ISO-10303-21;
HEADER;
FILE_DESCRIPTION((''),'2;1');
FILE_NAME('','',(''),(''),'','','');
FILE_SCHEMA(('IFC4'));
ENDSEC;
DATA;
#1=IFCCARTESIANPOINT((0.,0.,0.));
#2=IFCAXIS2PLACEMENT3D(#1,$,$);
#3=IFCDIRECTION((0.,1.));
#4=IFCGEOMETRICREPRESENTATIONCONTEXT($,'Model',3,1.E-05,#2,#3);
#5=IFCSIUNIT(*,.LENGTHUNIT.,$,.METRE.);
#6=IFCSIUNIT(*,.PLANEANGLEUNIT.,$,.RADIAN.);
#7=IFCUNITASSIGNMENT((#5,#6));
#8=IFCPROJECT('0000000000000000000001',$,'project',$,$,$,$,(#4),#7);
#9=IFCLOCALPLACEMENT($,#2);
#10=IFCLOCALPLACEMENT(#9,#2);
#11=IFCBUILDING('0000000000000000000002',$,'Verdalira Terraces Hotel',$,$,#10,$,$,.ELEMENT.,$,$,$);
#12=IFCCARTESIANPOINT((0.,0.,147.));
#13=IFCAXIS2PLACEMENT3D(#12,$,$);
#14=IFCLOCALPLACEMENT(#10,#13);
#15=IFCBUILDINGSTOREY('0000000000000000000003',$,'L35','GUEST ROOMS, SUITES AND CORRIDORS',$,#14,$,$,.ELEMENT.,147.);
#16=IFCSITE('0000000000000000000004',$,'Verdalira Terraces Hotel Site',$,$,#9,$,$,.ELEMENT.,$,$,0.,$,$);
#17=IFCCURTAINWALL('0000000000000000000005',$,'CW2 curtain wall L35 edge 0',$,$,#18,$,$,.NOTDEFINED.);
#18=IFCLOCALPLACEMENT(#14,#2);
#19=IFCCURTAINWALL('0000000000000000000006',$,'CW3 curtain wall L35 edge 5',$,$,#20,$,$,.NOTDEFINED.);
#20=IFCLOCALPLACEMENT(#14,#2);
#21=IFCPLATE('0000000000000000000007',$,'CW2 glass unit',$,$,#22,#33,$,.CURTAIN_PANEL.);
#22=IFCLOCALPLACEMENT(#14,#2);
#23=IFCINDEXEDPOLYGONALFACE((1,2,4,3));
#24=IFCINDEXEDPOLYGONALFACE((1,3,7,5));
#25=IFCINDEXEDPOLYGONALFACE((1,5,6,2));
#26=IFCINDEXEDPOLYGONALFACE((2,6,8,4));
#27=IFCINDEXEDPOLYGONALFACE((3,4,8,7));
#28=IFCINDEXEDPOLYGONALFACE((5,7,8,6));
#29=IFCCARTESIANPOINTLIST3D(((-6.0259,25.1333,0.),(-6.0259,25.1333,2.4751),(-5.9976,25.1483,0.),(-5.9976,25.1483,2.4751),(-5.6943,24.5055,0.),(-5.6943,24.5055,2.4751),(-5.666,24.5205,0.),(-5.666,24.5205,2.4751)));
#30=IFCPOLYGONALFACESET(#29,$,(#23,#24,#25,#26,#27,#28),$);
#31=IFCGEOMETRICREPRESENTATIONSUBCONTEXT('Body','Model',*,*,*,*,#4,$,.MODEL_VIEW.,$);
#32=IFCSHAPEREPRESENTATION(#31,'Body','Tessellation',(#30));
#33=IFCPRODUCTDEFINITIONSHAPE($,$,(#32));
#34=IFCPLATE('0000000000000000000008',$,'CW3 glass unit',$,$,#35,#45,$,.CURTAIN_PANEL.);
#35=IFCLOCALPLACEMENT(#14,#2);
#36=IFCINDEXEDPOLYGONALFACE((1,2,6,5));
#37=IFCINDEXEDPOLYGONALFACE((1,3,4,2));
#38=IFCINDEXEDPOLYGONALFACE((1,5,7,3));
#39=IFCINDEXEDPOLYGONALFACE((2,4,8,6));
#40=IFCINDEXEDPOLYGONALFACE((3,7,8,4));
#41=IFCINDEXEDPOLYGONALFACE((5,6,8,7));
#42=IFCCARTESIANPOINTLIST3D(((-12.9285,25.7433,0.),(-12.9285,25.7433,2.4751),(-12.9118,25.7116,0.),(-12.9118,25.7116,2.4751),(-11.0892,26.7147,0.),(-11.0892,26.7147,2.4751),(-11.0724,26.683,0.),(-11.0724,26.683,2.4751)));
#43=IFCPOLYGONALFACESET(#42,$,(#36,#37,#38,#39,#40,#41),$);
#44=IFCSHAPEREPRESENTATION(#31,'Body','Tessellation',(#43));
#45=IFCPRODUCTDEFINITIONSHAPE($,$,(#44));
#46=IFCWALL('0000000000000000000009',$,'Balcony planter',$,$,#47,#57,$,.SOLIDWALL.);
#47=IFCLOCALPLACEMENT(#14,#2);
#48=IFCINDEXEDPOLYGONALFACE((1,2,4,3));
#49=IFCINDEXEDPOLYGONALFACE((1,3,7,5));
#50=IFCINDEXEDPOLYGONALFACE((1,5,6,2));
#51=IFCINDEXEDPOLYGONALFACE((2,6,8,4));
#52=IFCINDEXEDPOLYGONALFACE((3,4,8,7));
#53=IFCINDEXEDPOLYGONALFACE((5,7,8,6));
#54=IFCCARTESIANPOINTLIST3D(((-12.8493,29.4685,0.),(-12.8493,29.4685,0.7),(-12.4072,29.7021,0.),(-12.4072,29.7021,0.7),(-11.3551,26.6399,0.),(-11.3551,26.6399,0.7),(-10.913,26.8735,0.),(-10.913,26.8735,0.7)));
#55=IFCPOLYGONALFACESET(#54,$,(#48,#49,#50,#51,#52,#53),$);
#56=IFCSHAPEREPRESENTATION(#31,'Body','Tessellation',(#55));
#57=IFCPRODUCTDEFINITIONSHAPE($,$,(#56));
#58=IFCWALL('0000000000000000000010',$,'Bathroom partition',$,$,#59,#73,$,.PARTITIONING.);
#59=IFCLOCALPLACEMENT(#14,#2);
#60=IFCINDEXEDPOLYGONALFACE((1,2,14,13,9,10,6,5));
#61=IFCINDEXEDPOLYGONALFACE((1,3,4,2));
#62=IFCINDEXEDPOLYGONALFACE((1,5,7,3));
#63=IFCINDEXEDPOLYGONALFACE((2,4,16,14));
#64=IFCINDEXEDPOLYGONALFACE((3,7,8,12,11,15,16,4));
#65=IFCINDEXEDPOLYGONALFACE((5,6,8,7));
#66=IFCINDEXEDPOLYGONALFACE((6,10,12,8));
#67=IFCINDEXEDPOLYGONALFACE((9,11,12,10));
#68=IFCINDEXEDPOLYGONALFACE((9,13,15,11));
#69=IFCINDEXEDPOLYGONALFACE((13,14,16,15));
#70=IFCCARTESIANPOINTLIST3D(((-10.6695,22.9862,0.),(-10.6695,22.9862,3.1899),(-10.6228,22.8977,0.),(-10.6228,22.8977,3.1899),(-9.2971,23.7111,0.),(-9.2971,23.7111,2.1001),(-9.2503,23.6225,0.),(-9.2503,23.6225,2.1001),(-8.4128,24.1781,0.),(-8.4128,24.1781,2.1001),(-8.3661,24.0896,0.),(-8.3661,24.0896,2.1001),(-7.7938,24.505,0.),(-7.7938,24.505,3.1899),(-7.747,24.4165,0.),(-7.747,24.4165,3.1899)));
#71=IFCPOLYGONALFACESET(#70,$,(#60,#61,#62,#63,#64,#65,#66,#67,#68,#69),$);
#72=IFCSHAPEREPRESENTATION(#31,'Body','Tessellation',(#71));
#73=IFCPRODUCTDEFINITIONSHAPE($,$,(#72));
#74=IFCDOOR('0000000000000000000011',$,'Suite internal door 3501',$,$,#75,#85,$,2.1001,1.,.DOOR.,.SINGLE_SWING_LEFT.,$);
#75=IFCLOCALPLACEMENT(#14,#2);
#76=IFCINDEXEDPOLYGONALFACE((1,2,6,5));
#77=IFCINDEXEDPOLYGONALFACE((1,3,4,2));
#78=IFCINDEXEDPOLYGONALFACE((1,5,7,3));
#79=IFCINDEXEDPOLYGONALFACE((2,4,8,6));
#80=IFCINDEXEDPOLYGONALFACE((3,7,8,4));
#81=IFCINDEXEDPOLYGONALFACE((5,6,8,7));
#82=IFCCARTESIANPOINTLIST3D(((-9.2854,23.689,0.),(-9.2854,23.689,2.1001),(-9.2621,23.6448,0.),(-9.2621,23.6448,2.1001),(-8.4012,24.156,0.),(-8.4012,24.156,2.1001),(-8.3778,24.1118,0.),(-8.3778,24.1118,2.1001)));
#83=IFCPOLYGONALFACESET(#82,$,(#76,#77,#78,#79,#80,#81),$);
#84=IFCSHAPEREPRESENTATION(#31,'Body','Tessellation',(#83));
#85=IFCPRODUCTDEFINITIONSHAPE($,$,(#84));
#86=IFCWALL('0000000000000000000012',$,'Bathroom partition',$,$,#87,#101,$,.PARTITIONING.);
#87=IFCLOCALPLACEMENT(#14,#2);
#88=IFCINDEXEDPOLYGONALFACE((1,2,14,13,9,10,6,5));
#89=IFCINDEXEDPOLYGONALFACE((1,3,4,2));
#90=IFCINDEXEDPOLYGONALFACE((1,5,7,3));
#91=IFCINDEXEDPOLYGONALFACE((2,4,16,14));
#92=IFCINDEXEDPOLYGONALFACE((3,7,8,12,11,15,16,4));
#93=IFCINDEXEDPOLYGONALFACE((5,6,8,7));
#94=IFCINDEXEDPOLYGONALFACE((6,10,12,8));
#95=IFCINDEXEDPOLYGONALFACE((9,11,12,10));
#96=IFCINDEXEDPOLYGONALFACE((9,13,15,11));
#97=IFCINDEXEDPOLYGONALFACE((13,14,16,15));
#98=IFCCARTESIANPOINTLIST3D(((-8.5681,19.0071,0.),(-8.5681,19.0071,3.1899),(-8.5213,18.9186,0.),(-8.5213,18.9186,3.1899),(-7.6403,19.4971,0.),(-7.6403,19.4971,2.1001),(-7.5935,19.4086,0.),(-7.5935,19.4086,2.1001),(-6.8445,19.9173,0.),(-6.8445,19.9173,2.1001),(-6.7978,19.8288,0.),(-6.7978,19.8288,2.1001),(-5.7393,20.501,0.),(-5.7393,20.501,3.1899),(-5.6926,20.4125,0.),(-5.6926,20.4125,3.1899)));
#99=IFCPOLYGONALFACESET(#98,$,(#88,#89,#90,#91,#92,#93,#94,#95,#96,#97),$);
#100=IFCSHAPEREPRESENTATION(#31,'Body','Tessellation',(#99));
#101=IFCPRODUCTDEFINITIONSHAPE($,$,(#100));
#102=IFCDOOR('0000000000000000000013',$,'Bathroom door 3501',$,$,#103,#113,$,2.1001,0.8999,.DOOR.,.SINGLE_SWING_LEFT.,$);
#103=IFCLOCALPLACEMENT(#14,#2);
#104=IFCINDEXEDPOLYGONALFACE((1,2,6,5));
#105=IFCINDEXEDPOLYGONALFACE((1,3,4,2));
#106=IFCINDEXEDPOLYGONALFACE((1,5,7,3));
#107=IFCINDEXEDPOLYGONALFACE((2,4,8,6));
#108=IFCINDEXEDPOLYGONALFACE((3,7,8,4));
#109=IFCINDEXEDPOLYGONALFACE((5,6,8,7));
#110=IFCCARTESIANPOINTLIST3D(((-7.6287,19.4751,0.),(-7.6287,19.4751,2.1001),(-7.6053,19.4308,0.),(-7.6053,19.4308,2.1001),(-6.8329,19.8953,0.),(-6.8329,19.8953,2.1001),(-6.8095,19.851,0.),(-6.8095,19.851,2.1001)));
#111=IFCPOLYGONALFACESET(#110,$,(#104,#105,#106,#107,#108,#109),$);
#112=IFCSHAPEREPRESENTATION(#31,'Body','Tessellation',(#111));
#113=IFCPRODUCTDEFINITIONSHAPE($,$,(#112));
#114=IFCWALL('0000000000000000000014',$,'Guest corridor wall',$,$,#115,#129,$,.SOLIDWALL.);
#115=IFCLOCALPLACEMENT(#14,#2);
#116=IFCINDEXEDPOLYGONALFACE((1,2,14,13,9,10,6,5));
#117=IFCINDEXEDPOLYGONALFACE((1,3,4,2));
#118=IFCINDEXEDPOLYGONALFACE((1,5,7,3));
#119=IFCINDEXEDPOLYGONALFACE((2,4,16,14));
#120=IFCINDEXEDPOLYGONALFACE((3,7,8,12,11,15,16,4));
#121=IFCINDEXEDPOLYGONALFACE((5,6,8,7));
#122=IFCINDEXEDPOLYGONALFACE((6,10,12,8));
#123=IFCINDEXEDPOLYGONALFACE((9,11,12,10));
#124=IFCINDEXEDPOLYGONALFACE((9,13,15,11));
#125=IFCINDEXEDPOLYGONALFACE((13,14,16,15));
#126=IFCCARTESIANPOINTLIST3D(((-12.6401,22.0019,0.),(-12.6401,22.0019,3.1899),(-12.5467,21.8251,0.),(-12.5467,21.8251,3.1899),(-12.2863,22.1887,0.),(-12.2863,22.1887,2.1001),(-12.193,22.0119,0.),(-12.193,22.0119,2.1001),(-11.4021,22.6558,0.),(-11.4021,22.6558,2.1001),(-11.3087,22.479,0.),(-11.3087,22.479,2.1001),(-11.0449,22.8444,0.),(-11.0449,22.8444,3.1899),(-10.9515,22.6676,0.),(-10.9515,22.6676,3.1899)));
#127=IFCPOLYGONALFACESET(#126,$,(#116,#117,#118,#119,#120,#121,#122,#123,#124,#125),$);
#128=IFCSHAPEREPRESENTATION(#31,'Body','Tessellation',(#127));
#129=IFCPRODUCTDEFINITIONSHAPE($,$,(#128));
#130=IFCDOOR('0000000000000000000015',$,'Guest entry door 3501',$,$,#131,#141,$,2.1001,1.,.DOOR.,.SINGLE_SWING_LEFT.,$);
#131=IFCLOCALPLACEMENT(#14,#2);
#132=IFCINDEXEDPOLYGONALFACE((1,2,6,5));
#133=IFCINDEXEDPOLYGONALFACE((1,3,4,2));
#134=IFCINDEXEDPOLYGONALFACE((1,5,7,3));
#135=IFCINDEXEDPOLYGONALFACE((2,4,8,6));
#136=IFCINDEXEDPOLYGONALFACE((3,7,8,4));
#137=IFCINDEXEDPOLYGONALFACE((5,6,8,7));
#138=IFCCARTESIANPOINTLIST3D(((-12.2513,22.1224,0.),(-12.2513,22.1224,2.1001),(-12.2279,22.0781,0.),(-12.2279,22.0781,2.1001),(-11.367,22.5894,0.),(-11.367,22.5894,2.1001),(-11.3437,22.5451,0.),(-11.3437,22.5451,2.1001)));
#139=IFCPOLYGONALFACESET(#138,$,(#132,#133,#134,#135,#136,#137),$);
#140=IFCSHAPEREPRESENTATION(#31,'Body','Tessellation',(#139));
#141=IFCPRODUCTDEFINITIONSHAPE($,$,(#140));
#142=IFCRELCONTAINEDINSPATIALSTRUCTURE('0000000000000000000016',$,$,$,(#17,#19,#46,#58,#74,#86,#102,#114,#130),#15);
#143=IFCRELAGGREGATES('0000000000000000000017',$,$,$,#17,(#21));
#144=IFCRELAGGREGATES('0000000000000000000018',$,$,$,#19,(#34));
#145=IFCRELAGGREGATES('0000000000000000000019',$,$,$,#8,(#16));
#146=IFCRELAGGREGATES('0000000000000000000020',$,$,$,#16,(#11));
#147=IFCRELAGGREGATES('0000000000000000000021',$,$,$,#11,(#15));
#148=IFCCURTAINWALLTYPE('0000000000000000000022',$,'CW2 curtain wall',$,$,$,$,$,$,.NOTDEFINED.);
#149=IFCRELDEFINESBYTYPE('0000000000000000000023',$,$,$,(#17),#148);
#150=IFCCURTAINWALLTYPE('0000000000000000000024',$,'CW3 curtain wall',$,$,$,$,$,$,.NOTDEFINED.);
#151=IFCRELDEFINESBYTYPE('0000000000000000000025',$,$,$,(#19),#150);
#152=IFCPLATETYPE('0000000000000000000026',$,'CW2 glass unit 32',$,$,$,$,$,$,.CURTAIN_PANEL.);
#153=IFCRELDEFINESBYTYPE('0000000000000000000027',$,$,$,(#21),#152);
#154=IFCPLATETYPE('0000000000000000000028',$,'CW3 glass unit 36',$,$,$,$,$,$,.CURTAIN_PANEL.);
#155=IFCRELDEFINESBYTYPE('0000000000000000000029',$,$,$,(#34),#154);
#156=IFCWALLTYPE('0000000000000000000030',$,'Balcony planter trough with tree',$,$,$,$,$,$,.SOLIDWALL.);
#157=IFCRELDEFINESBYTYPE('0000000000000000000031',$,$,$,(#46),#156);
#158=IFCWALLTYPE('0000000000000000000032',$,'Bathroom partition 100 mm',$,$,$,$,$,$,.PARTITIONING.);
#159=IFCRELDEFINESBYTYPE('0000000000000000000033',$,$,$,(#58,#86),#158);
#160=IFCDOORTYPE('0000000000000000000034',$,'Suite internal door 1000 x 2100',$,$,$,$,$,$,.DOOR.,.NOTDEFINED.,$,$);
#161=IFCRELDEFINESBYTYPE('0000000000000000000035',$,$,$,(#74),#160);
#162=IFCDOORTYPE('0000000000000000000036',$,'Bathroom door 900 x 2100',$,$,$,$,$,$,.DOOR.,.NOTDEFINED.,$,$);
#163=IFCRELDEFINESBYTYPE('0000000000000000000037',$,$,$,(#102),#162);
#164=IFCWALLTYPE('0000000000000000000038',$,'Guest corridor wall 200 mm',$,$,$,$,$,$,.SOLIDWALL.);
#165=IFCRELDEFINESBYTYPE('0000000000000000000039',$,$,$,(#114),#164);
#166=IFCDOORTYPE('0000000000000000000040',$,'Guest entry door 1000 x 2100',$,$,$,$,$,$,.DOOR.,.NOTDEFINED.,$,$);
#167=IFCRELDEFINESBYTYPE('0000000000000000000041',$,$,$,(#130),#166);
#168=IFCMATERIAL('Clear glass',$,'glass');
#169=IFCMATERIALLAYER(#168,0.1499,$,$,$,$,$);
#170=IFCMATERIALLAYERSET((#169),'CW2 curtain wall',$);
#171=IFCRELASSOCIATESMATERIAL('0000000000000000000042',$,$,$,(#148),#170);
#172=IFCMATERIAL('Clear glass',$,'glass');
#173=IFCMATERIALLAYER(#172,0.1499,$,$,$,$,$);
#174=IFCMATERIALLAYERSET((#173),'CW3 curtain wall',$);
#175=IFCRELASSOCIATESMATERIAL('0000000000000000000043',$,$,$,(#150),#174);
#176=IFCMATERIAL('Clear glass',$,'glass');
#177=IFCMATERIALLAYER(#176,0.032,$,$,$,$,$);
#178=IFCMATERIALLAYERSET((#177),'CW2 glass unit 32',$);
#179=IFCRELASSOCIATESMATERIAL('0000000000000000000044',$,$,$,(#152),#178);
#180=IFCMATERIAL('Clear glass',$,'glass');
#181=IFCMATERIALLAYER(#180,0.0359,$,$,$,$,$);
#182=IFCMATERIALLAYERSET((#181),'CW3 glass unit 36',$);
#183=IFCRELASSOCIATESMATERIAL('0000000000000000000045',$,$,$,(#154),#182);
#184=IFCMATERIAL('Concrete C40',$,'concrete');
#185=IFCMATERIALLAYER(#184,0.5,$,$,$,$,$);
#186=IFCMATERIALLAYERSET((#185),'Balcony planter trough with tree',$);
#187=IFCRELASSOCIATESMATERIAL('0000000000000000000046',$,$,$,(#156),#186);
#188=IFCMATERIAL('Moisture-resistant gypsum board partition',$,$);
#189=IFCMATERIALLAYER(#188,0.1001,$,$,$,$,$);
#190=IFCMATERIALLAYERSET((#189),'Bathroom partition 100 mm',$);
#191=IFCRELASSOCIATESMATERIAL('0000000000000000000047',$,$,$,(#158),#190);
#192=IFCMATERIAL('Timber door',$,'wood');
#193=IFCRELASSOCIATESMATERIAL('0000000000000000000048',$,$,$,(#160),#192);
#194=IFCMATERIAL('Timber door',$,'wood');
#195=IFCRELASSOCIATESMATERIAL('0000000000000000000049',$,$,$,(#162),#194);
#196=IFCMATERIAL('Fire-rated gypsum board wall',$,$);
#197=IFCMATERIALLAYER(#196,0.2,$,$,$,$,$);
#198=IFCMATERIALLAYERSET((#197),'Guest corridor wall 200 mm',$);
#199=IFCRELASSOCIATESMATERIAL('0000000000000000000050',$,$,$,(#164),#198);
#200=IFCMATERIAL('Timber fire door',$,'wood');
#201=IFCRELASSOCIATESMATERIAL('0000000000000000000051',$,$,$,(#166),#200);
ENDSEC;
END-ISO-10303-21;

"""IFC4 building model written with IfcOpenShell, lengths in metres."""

from ifc_helpers import new_model, si_unit, direction, frame, frame_2d, origin, origin_2d, place, context, subcontext, project, spatial, rectangle, extrude, material, layer, layer_set, type_object, element, fill, aggregate, save


model = new_model("IFC4")

# Units and contexts
model_context = context("Model", 3, precision=1e-05, world=origin(), true_north=direction((0.0, 1.0)))
body_context = subcontext(model_context, "Body", "Model", "MODEL_VIEW")
ifc_project = project(units=[si_unit("LENGTHUNIT", "METRE"), si_unit("PLANEANGLEUNIT", "RADIAN")], contexts=[model_context])

# Site, building, storey
site_placement = place(None, origin())
site = spatial("IfcSite", under=ifc_project, at=site_placement, Name="Verdalira Terraces Hotel Site", CompositionType="ELEMENT", RefElevation=0.0)
building_placement = place(site_placement, origin())
building = spatial("IfcBuilding", under=site, at=building_placement, Name="Verdalira Terraces Hotel", CompositionType="ELEMENT")
storey_placement = place(building_placement, frame((0.0, 0.0, 147.0)))
storey = spatial("IfcBuildingStorey", under=building, at=storey_placement, Name="L35", Description="GUEST ROOMS, SUITES AND CORRIDORS", CompositionType="ELEMENT", Elevation=147.0)

# Curtain walls
ifc_material_1 = material(Name="Clear glass", Category="glass")
ifc_layer_1 = layer(ifc_material_1, 0.1499)
ifc_layer_set_1 = layer_set([ifc_layer_1], Name="CW2 curtain wall")
curtain_wall_type_1 = type_object("IfcCurtainWallType", Name="CW2 curtain wall", PredefinedType="NOTDEFINED", material=ifc_layer_set_1)
curtain_wall_1_placement = place(storey_placement, origin())
curtain_wall_1 = element("IfcCurtainWall", 1, at=curtain_wall_1_placement, inside=storey, type_object=curtain_wall_type_1, Name="CW2 curtain wall L35 edge 0", PredefinedType="NOTDEFINED")
ifc_material_2 = material(Name="Clear glass", Category="glass")
ifc_layer_2 = layer(ifc_material_2, 0.1499)
ifc_layer_set_2 = layer_set([ifc_layer_2], Name="CW3 curtain wall")
curtain_wall_type_2 = type_object("IfcCurtainWallType", Name="CW3 curtain wall", PredefinedType="NOTDEFINED", material=ifc_layer_set_2)
curtain_wall_2_placement = place(storey_placement, origin())
curtain_wall_2 = element("IfcCurtainWall", 2, at=curtain_wall_2_placement, inside=storey, type_object=curtain_wall_type_2, Name="CW3 curtain wall L35 edge 5", PredefinedType="NOTDEFINED")

# Plates
ifc_material_3 = material(Name="Clear glass", Category="glass")
ifc_layer_3 = layer(ifc_material_3, 0.032)
ifc_layer_set_3 = layer_set([ifc_layer_3], Name="CW2 glass unit 32")
plate_type_1 = type_object("IfcPlateType", Name="CW2 glass unit 32", PredefinedType="CURTAIN_PANEL", material=ifc_layer_set_3)
plate_1_placement = place(storey_placement, frame((-5.8459, 24.8269, 0.0), z_axis=(0.0, 0.0, 1.0), x_axis=(-0.467004, 0.884255, 0.0)))
plate_1 = element("IfcPlate", 3, at=plate_1_placement, type_object=plate_type_1, Name="CW2 glass unit", PredefinedType="CURTAIN_PANEL", context=body_context, shape_type="SweptSolid", body=[
    extrude(rectangle(XDim=0.71, YDim=0.032, at=origin_2d()), origin(), (0.0, 0.0, 1.0), 2.4751),
])
aggregate(curtain_wall_1, [plate_1])
ifc_material_4 = material(Name="Clear glass", Category="glass")
ifc_layer_4 = layer(ifc_material_4, 0.0359)
ifc_layer_set_4 = layer_set([ifc_layer_4], Name="CW3 glass unit 36")
plate_type_2 = type_object("IfcPlateType", Name="CW3 glass unit 36", PredefinedType="CURTAIN_PANEL", material=ifc_layer_set_4)
plate_2_placement = place(storey_placement, frame((-12.0005, 26.2131, 0.0), z_axis=(0.0, 0.0, 1.0), x_axis=(-0.884255, -0.467004, 0.0)))
plate_2 = element("IfcPlate", 4, at=plate_2_placement, type_object=plate_type_2, Name="CW3 glass unit", PredefinedType="CURTAIN_PANEL", context=body_context, shape_type="SweptSolid", body=[
    extrude(rectangle(XDim=2.0801, YDim=0.0359, at=origin_2d()), origin(), (0.0, 0.0, 1.0), 2.4751),
])
aggregate(curtain_wall_2, [plate_2])

# Wall
ifc_material_5 = material(Name="Concrete C40", Category="concrete")
ifc_layer_5 = layer(ifc_material_5, 0.5)
ifc_layer_set_5 = layer_set([ifc_layer_5], Name="Balcony planter trough with tree")
wall_type_1 = type_object("IfcWallType", Name="Balcony planter trough with tree", PredefinedType="SOLIDWALL", material=ifc_layer_set_5)
wall_1_placement = place(storey_placement, frame((-11.134, 26.7566, 0.0), z_axis=(0.0, 0.0, 1.0), x_axis=(-0.467067, 0.884222, 0.0)))
element("IfcWall", 5, at=wall_1_placement, inside=storey, type_object=wall_type_1, Name="Balcony planter", PredefinedType="SOLIDWALL", context=body_context, shape_type="SweptSolid", body=[
    extrude(rectangle(XDim=3.199, YDim=0.5, at=frame_2d((1.5996, 0.0))), origin(), (0.0, 0.0, 1.0), 0.7),
])

# Walls, openings, doors
ifc_material_6 = material(Name="Moisture-resistant gypsum board partition")
ifc_layer_6 = layer(ifc_material_6, 0.1001)
ifc_layer_set_6 = layer_set([ifc_layer_6], Name="Bathroom partition 100 mm")
wall_type_2 = type_object("IfcWallType", Name="Bathroom partition 100 mm", PredefinedType="PARTITIONING", material=ifc_layer_set_6)
wall_2_placement = place(storey_placement, frame((-7.7705, 24.4607, 0.0), z_axis=(0.0, 0.0, 1.0), x_axis=(-0.884251, -0.467011, 0.0)))
wall_2 = element("IfcWall", 6, at=wall_2_placement, inside=storey, type_object=wall_type_2, Name="Bathroom partition", PredefinedType="PARTITIONING", context=body_context, shape_type="SweptSolid", body=[
    extrude(rectangle(XDim=3.2522, YDim=0.1001, at=frame_2d((1.626, 0.0))), origin(), (0.0, 0.0, 1.0), 3.1899),
])
opening_1_placement = place(wall_2_placement, frame((0.7, 0.0, 0.0)))
opening_1 = element("IfcOpeningElement", 7, at=opening_1_placement, cuts=wall_2, PredefinedType="OPENING", context=body_context, shape_type="SweptSolid", body=[
    extrude(rectangle(XDim=1.0, YDim=2.1001, at=frame_2d((0.5, 1.05))), frame((0.0, 0.0601, 0.0), z_axis=(0.0, -1.0, 0.0), x_axis=(1.0, 0.0, 0.0)), (0.0, 0.0, 1.0), 0.1201),
])
ifc_material_7 = material(Name="Timber door", Category="wood")
door_type_1 = type_object("IfcDoorType", Name="Suite internal door 1000 x 2100", OperationType="NOTDEFINED", PredefinedType="DOOR", material=ifc_material_7)
door_1_placement = place(opening_1_placement, origin())
door_1 = element("IfcDoor", 8, at=door_1_placement, inside=storey, type_object=door_type_1, Name="Suite internal door 3501", OperationType="SINGLE_SWING_LEFT", OverallHeight=2.1001, OverallWidth=1.0, PredefinedType="DOOR", context=body_context, shape_type="SweptSolid", body=[
    extrude(rectangle(XDim=1.0, YDim=2.1001, at=frame_2d((0.5, 1.05))), frame((0.0, 0.0249, 0.0), z_axis=(0.0, -1.0, 0.0), x_axis=(1.0, 0.0, 0.0)), (0.0, 0.0, 1.0), 0.05),
])
fill(opening_1, door_1)
wall_3_placement = place(storey_placement, frame((-5.7158, 20.4568, 0.0), z_axis=(0.0, 0.0, 1.0), x_axis=(-0.88427, -0.466976, 0.0)))
wall_3 = element("IfcWall", 9, at=wall_3_placement, inside=storey, type_object=wall_type_2, Name="Bathroom partition", PredefinedType="PARTITIONING", context=body_context, shape_type="SweptSolid", body=[
    extrude(rectangle(XDim=3.199, YDim=0.1001, at=frame_2d((1.5996, 0.0))), origin(), (0.0, 0.0, 1.0), 3.1899),
])
opening_2_placement = place(wall_3_placement, frame((1.25, 0.0, 0.0)))
opening_2 = element("IfcOpeningElement", 10, at=opening_2_placement, cuts=wall_3, PredefinedType="OPENING", context=body_context, shape_type="SweptSolid", body=[
    extrude(rectangle(XDim=0.8999, YDim=2.1001, at=frame_2d((0.45, 1.05))), frame((0.0, 0.0601, 0.0), z_axis=(0.0, -1.0, 0.0), x_axis=(1.0, 0.0, 0.0)), (0.0, 0.0, 1.0), 0.1201),
])
ifc_material_8 = material(Name="Timber door", Category="wood")
door_type_2 = type_object("IfcDoorType", Name="Bathroom door 900 x 2100", OperationType="NOTDEFINED", PredefinedType="DOOR", material=ifc_material_8)
door_2_placement = place(opening_2_placement, origin())
door_2 = element("IfcDoor", 11, at=door_2_placement, inside=storey, type_object=door_type_2, Name="Bathroom door 3501", OperationType="SINGLE_SWING_LEFT", OverallHeight=2.1001, OverallWidth=0.8999, PredefinedType="DOOR", context=body_context, shape_type="SweptSolid", body=[
    extrude(rectangle(XDim=0.8999, YDim=2.1001, at=frame_2d((0.45, 1.05))), frame((0.0, 0.0249, 0.0), z_axis=(0.0, -1.0, 0.0), x_axis=(1.0, 0.0, 0.0)), (0.0, 0.0, 1.0), 0.05),
])
fill(opening_2, door_2)
ifc_material_9 = material(Name="Fire-rated gypsum board wall")
ifc_layer_7 = layer(ifc_material_9, 0.2)
ifc_layer_set_7 = layer_set([ifc_layer_7], Name="Guest corridor wall 200 mm")
wall_type_3 = type_object("IfcWallType", Name="Guest corridor wall 200 mm", PredefinedType="SOLIDWALL", material=ifc_layer_set_7)
wall_4_placement = place(storey_placement, frame((-12.5933, 21.9136, 0.0), z_axis=(0.0, 0.0, 1.0), x_axis=(0.884245, 0.467023, 0.0)))
wall_4 = element("IfcWall", 12, at=wall_4_placement, inside=storey, type_object=wall_type_3, Name="Guest corridor wall", PredefinedType="SOLIDWALL", context=body_context, shape_type="SweptSolid", body=[
    extrude(rectangle(XDim=1.804, YDim=0.2, at=frame_2d((0.9019, 0.0))), origin(), (0.0, 0.0, 1.0), 3.1899),
])
opening_3_placement = place(wall_4_placement, frame((0.3999, 0.0, 0.0)))
opening_3 = element("IfcOpeningElement", 13, at=opening_3_placement, cuts=wall_4, PredefinedType="OPENING", context=body_context, shape_type="SweptSolid", body=[
    extrude(rectangle(XDim=1.0, YDim=2.1001, at=frame_2d((0.5, 1.05))), frame((0.0, 0.1099, 0.0), z_axis=(0.0, -1.0, 0.0), x_axis=(1.0, 0.0, 0.0)), (0.0, 0.0, 1.0), 0.22),
])
ifc_material_10 = material(Name="Timber fire door", Category="wood")
door_type_3 = type_object("IfcDoorType", Name="Guest entry door 1000 x 2100", OperationType="NOTDEFINED", PredefinedType="DOOR", material=ifc_material_10)
door_3_placement = place(opening_3_placement, origin())
door_3 = element("IfcDoor", 14, at=door_3_placement, inside=storey, type_object=door_type_3, Name="Guest entry door 3501", OperationType="SINGLE_SWING_LEFT", OverallHeight=2.1001, OverallWidth=1.0, PredefinedType="DOOR", context=body_context, shape_type="SweptSolid", body=[
    extrude(rectangle(XDim=1.0, YDim=2.1001, at=frame_2d((0.5, 1.05))), frame((0.0, 0.0249, 0.0), z_axis=(0.0, -1.0, 0.0), x_axis=(1.0, 0.0, 0.0)), (0.0, 0.0, 1.0), 0.05),
])
fill(opening_3, door_3)

save(model, "model.ifc")
